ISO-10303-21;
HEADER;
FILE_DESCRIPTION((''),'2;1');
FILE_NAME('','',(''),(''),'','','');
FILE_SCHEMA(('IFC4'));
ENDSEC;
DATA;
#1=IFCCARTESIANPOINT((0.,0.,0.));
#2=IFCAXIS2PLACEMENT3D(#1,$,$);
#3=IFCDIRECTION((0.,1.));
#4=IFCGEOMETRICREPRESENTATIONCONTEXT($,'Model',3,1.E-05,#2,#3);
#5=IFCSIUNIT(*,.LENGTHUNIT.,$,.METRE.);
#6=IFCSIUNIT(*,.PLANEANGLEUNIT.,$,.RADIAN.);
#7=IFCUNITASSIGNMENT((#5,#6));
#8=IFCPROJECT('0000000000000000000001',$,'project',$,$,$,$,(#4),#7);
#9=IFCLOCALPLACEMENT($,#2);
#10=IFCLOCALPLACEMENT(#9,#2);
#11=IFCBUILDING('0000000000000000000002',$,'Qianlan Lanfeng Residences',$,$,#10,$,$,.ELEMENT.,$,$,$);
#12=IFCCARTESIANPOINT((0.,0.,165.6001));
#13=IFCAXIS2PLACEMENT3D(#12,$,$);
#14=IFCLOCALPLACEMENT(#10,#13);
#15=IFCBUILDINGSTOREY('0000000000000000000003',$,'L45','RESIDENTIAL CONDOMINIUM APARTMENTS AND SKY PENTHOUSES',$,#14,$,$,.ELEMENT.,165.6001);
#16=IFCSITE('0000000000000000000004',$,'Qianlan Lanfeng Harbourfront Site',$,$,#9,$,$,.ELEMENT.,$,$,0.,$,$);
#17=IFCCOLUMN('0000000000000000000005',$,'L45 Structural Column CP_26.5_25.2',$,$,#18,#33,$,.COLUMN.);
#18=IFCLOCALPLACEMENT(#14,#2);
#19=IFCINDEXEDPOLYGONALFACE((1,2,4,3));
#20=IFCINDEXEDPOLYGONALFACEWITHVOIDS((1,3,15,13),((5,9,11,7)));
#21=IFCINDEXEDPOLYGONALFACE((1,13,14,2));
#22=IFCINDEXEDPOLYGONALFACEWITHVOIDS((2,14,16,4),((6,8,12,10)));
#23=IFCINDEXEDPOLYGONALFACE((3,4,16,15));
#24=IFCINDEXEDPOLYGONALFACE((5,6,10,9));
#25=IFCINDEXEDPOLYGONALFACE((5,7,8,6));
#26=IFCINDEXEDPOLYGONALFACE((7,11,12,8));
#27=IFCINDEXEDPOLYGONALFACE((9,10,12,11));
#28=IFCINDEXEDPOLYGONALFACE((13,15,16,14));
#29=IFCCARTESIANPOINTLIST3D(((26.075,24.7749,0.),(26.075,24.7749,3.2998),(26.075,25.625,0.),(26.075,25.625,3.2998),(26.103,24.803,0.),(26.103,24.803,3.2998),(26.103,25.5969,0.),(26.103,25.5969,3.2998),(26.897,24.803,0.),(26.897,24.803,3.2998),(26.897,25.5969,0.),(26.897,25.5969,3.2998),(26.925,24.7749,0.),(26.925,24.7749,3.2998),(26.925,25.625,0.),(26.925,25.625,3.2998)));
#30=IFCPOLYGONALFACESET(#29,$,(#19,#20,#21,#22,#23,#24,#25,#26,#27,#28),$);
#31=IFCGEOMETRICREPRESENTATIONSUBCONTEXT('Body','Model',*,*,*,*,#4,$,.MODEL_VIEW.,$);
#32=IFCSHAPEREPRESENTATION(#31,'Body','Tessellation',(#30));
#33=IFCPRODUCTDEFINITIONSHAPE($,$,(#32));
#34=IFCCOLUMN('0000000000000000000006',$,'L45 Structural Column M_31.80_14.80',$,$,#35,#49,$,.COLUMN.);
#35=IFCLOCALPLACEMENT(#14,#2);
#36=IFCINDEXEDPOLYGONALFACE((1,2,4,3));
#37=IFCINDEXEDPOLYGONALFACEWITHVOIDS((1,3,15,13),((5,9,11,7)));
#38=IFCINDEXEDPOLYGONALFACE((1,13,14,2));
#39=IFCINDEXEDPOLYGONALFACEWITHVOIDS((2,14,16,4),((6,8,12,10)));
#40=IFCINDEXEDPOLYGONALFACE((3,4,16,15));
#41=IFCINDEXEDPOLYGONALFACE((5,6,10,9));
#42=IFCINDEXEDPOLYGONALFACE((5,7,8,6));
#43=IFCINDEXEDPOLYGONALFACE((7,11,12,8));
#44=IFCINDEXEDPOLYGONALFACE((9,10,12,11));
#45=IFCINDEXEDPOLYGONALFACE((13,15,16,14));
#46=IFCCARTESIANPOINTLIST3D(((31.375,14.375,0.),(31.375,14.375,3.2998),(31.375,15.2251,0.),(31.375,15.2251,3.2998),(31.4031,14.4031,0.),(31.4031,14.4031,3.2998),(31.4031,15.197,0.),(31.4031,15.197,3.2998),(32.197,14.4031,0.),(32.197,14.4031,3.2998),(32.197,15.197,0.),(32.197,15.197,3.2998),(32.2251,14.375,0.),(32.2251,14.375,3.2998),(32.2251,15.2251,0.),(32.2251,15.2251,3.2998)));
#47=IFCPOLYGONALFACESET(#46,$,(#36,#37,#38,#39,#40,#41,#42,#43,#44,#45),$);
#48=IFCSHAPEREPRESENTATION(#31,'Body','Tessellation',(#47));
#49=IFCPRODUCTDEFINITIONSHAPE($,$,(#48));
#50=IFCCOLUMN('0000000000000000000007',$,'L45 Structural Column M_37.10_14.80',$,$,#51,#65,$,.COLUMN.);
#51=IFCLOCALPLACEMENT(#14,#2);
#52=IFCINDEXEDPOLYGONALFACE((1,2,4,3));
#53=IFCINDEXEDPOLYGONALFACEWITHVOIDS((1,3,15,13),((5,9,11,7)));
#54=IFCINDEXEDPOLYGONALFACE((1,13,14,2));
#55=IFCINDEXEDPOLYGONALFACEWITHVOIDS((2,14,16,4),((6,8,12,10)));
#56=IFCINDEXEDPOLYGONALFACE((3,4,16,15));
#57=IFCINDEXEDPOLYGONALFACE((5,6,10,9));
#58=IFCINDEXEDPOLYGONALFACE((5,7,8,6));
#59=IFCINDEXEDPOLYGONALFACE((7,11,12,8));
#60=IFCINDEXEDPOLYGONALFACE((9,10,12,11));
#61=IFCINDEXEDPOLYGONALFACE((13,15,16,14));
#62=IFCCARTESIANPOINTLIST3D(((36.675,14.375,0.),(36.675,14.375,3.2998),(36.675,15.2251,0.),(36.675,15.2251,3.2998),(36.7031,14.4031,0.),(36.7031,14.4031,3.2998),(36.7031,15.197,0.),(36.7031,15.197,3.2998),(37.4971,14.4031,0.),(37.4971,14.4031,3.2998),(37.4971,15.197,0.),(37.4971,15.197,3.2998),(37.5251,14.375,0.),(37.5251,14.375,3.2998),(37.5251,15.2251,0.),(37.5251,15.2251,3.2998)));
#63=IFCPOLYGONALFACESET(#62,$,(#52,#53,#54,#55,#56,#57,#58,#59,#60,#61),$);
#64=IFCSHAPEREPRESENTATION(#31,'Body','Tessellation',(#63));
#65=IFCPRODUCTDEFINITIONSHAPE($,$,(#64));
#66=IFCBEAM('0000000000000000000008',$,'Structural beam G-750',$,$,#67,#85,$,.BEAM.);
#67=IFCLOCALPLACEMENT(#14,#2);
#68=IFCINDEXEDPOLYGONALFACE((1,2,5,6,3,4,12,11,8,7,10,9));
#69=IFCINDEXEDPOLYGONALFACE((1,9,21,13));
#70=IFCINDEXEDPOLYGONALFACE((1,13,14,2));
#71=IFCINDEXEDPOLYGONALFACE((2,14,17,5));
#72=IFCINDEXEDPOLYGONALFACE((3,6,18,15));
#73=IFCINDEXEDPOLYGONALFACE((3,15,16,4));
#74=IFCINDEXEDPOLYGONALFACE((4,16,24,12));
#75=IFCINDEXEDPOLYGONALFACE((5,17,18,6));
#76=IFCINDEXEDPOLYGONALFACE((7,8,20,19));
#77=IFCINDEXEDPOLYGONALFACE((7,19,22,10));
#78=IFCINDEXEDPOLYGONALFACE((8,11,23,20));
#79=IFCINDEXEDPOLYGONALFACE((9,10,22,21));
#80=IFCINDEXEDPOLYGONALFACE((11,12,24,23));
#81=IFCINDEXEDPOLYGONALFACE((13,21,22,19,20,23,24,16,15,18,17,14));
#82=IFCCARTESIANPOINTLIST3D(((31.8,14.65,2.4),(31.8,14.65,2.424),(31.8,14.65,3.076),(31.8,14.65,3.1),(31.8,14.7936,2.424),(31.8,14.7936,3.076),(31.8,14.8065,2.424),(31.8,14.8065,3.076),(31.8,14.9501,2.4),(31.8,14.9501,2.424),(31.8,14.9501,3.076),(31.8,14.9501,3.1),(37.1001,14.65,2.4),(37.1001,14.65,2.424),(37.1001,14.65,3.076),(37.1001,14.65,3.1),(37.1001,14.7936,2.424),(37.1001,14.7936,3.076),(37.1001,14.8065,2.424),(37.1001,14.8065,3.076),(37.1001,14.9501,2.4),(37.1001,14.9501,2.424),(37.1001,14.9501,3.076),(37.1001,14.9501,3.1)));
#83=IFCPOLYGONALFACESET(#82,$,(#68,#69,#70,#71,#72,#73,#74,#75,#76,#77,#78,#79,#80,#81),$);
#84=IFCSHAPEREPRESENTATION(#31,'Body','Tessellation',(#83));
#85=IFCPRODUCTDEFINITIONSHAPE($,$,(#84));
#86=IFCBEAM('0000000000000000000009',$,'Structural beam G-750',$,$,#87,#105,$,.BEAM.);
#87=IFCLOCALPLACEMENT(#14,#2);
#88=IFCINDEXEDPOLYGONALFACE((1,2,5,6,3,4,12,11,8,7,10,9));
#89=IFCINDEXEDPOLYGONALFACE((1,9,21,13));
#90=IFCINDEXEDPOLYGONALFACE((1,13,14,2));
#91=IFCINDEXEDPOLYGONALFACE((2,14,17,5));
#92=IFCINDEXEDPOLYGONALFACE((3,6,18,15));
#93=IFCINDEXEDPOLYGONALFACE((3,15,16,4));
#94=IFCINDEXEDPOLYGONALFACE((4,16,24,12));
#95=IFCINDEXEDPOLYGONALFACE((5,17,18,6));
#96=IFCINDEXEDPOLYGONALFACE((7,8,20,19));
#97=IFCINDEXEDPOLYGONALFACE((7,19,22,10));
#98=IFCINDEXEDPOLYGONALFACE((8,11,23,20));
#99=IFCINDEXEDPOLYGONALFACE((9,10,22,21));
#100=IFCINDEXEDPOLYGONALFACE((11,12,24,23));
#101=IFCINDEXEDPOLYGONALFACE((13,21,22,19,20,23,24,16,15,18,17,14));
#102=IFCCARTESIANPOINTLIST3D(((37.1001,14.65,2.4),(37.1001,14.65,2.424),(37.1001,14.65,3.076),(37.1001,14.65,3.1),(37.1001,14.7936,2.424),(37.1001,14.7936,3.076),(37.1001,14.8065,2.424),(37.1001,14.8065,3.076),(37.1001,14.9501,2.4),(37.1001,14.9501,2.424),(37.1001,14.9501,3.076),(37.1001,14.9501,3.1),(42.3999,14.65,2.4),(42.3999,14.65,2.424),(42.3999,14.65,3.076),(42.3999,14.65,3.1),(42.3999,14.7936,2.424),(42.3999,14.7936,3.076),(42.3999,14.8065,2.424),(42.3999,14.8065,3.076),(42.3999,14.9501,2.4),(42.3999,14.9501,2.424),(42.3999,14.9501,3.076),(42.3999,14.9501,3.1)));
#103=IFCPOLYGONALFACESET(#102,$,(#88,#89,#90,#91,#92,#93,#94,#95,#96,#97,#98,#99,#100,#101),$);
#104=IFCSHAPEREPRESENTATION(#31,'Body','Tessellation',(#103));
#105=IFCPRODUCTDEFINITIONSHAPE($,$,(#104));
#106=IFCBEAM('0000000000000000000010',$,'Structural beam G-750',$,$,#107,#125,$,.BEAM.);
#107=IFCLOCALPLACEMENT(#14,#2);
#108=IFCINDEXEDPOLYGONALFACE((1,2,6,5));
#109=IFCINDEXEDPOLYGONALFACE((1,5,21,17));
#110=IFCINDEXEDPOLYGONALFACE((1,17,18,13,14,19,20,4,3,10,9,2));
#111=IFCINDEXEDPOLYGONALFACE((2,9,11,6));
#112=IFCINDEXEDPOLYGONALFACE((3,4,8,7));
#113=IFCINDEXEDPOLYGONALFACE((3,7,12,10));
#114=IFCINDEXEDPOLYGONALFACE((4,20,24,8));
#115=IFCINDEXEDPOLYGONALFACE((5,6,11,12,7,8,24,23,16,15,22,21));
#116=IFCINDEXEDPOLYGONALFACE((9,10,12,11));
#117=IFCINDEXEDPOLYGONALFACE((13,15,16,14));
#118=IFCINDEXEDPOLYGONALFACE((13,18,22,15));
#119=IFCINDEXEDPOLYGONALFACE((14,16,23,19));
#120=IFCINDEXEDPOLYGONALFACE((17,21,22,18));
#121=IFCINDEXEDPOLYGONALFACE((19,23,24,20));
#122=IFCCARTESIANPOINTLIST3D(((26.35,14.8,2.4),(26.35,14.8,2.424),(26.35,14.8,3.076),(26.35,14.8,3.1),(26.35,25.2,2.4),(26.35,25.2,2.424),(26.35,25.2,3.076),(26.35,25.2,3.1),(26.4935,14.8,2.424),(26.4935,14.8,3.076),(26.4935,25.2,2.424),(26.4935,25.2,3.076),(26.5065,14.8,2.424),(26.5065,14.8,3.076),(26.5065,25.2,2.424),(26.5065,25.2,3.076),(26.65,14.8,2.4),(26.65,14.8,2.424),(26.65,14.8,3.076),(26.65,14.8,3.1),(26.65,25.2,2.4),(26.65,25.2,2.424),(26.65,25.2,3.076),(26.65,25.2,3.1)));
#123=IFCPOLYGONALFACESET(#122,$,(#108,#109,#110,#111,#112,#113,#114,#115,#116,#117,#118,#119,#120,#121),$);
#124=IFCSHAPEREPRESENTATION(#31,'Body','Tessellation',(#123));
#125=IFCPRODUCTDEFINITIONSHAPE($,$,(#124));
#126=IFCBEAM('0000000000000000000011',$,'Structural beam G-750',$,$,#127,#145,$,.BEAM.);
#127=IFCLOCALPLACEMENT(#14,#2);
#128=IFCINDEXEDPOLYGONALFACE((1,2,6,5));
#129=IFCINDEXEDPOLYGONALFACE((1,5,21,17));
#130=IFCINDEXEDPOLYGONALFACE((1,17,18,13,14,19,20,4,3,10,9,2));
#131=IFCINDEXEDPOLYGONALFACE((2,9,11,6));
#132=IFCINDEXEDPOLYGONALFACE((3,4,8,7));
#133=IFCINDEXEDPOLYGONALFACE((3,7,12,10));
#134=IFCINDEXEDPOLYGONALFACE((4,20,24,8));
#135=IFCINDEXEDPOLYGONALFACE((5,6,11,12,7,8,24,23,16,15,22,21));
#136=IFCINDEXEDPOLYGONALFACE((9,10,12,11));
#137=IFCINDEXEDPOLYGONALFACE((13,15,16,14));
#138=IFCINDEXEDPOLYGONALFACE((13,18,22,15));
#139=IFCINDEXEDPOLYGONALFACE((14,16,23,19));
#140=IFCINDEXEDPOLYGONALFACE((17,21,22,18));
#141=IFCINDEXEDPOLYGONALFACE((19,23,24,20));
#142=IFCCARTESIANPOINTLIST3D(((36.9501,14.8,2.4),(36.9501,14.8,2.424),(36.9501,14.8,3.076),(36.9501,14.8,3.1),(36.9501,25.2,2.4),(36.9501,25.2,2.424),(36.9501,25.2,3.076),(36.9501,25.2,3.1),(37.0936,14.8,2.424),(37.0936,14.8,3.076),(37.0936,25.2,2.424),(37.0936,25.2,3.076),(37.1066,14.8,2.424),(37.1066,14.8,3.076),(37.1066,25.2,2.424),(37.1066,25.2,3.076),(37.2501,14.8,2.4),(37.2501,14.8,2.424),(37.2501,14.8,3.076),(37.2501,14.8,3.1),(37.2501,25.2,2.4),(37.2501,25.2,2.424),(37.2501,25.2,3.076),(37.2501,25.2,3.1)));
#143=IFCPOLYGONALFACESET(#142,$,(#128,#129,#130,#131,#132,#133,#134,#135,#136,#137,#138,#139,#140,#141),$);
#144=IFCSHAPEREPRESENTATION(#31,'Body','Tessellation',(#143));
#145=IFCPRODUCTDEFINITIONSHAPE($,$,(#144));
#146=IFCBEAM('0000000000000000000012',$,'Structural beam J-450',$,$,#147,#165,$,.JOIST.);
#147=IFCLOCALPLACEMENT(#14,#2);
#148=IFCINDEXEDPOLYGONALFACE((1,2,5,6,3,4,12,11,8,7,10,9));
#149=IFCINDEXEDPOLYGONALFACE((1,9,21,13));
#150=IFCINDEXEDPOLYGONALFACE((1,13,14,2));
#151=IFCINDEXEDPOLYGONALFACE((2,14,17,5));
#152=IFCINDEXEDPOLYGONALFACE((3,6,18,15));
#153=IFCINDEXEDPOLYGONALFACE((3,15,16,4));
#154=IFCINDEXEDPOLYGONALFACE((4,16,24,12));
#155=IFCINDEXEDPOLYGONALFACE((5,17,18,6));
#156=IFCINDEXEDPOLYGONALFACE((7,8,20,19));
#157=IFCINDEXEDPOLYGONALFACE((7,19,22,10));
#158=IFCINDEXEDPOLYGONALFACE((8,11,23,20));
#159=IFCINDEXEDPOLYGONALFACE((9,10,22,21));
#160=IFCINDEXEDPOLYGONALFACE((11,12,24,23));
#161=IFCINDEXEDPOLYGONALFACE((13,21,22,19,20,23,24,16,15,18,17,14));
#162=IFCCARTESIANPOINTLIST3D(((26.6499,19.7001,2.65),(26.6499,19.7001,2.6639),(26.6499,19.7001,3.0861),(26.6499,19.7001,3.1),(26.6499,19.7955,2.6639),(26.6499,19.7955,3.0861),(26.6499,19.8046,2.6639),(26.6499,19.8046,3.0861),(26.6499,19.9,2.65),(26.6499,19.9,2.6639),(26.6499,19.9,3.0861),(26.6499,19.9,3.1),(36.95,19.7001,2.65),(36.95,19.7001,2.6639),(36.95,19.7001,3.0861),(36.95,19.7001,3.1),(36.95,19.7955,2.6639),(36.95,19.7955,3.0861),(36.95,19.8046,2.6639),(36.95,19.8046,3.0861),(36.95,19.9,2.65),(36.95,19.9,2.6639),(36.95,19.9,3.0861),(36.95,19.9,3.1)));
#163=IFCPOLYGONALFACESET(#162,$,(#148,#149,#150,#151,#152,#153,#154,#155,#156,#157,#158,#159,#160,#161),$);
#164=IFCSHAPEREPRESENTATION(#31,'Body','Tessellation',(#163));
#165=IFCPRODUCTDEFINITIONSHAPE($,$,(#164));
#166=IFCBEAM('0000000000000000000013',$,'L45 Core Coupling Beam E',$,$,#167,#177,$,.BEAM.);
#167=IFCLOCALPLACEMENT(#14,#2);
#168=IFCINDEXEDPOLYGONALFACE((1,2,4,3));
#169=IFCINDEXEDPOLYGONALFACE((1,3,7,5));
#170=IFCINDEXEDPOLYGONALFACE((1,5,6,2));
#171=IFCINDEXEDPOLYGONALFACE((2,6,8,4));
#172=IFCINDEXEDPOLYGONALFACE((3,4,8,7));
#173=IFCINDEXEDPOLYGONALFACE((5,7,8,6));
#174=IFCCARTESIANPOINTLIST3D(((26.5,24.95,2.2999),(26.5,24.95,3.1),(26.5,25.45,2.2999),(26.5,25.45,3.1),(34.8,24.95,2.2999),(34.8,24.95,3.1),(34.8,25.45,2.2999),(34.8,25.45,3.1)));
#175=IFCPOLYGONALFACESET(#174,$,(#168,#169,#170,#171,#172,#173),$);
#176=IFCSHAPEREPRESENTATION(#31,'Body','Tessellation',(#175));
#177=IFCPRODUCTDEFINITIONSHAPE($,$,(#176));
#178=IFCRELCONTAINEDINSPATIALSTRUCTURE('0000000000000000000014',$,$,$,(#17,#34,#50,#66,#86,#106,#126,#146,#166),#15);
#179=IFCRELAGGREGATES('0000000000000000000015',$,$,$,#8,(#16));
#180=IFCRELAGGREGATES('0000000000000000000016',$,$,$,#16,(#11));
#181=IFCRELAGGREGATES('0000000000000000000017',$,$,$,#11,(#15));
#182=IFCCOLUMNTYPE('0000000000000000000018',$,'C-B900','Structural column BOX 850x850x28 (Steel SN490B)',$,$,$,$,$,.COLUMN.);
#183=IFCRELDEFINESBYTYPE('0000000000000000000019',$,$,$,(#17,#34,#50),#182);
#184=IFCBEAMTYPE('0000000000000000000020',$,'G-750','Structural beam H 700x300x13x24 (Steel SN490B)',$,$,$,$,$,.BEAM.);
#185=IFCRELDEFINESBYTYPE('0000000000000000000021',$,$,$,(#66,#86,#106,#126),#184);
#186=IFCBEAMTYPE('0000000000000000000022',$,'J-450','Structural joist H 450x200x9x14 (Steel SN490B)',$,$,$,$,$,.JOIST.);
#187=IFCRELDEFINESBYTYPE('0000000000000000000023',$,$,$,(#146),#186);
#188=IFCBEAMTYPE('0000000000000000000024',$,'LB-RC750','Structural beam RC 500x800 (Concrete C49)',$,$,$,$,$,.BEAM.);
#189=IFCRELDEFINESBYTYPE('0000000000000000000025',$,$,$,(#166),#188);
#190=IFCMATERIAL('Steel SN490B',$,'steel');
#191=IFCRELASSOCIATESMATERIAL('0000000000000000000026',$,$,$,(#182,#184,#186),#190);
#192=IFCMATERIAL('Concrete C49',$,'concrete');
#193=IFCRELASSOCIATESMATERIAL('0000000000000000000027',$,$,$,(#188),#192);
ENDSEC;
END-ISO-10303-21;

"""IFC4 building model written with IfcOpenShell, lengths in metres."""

from ifc_helpers import new_model, si_unit, direction, frame, origin, origin_2d, place, context, subcontext, project, spatial, rectangle, hollow_rectangle, i_section, extrude, material, material_profile, profile_set, type_object, element, save


model = new_model("IFC4")

# Units and contexts
model_context = context("Model", 3, precision=1e-05, world=origin(), true_north=direction((0.0, 1.0)))
body_context = subcontext(model_context, "Body", "Model", "MODEL_VIEW")
ifc_project = project(units=[si_unit("LENGTHUNIT", "METRE"), si_unit("PLANEANGLEUNIT", "RADIAN")], contexts=[model_context])

# Site, building, storey
site_placement = place(None, origin())
site = spatial("IfcSite", under=ifc_project, at=site_placement, Name="Qianlan Lanfeng Harbourfront Site", CompositionType="ELEMENT", RefElevation=0.0)
building_placement = place(site_placement, origin())
building = spatial("IfcBuilding", under=site, at=building_placement, Name="Qianlan Lanfeng Residences", CompositionType="ELEMENT")
storey_placement = place(building_placement, frame((0.0, 0.0, 165.6001)))
storey = spatial("IfcBuildingStorey", under=building, at=storey_placement, Name="L45", Description="RESIDENTIAL CONDOMINIUM APARTMENTS AND SKY PENTHOUSES", CompositionType="ELEMENT", Elevation=165.6001)

# Columns
ifc_material_1 = material(Name="Steel SN490B", Category="steel")
ifc_material_profile_1 = material_profile(ifc_material_1, hollow_rectangle(XDim=0.8501, YDim=0.8501, WallThickness=0.0281, at=origin_2d()), Name="BOX 850x850x28")
ifc_profile_set_1 = profile_set([ifc_material_profile_1], Name="Steel SN490B")
column_type = type_object("IfcColumnType", Name="C-B900", Description="Structural column BOX 850x850x28 (Steel SN490B)", PredefinedType="COLUMN", material=ifc_profile_set_1)
for number, where, z_axis, x_axis, name in (
    (1, (26.5, 25.2, 0.0), (0.0, 0.0, 1.0), (1.0, 0.0, 0.0), "L45 Structural Column CP_26.5_25.2"),
    (2, (31.8, 14.8, 0.0), (0.0, 0.0, 1.0), (1.0, 0.0, 0.0), "L45 Structural Column M_31.80_14.80"),
    (3, (37.1001, 14.8, 0.0), (0.0, 0.0, 1.0), (1.0, 0.0, 0.0), "L45 Structural Column M_37.10_14.80"),
):
    element("IfcColumn", number, at=place(storey_placement, frame(where, z_axis=z_axis, x_axis=x_axis)), inside=storey, type_object=column_type, Name=name, PredefinedType="COLUMN", context=body_context, shape_type="SweptSolid", body=[
        extrude(hollow_rectangle(XDim=0.8501, YDim=0.8501, WallThickness=0.0281, at=origin_2d()), origin(), (0.0, 0.0, 1.0), 3.2998),
    ])

# Beams
ifc_material_profile_2 = material_profile(ifc_material_1, i_section(OverallWidth=0.3, OverallDepth=0.7, WebThickness=0.0129, FlangeThickness=0.0239, at=origin_2d()), Name="H 700x300x13x24")
ifc_profile_set_2 = profile_set([ifc_material_profile_2], Name="Steel SN490B")
beam_type_1 = type_object("IfcBeamType", Name="G-750", Description="Structural beam H 700x300x13x24 (Steel SN490B)", PredefinedType="BEAM", material=ifc_profile_set_2)
beam_1_placement = place(storey_placement, frame((31.8, 14.8, 2.75), z_axis=(1.0, 0.0, 0.0), x_axis=(0.0, 1.0, 0.0)))
element("IfcBeam", 4, at=beam_1_placement, inside=storey, type_object=beam_type_1, Name="Structural beam G-750", PredefinedType="BEAM", context=body_context, shape_type="SweptSolid", body=[
    extrude(i_section(OverallWidth=0.3, OverallDepth=0.7, WebThickness=0.0129, FlangeThickness=0.0239, at=origin_2d()), origin(), (0.0, 0.0, 1.0), 5.3),
])
beam_2_placement = place(storey_placement, frame((37.1001, 14.8, 2.75), z_axis=(1.0, 0.0, 0.0), x_axis=(0.0, 1.0, 0.0)))
element("IfcBeam", 5, at=beam_2_placement, inside=storey, type_object=beam_type_1, Name="Structural beam G-750", PredefinedType="BEAM", context=body_context, shape_type="SweptSolid", body=[
    extrude(i_section(OverallWidth=0.3, OverallDepth=0.7, WebThickness=0.0129, FlangeThickness=0.0239, at=origin_2d()), origin(), (0.0, 0.0, 1.0), 5.2998),
])
for number, where, z_axis, x_axis, name in (
    (6, (26.5, 14.8, 2.75), (0.0, 1.0, 0.0), (-1.0, 0.0, 0.0), "Structural beam G-750"),
    (7, (37.1001, 14.8, 2.75), (0.0, 1.0, 0.0), (-1.0, 0.0, 0.0), "Structural beam G-750"),
):
    element("IfcBeam", number, at=place(storey_placement, frame(where, z_axis=z_axis, x_axis=x_axis)), inside=storey, type_object=beam_type_1, Name=name, PredefinedType="BEAM", context=body_context, shape_type="SweptSolid", body=[
        extrude(i_section(OverallWidth=0.3, OverallDepth=0.7, WebThickness=0.0129, FlangeThickness=0.0239, at=origin_2d()), origin(), (0.0, 0.0, 1.0), 10.3999),
    ])
ifc_material_profile_3 = material_profile(ifc_material_1, i_section(OverallWidth=0.2, OverallDepth=0.45, WebThickness=0.009, FlangeThickness=0.0139, at=origin_2d()), Name="H 450x200x9x14")
ifc_profile_set_3 = profile_set([ifc_material_profile_3], Name="Steel SN490B")
beam_type_2 = type_object("IfcBeamType", Name="J-450", Description="Structural joist H 450x200x9x14 (Steel SN490B)", PredefinedType="JOIST", material=ifc_profile_set_3)
beam_3_placement = place(storey_placement, frame((26.6499, 19.8, 2.875), z_axis=(1.0, 0.0, 0.0), x_axis=(0.0, 1.0, 0.0)))
element("IfcBeam", 8, at=beam_3_placement, inside=storey, type_object=beam_type_2, Name="Structural beam J-450", PredefinedType="JOIST", context=body_context, shape_type="SweptSolid", body=[
    extrude(i_section(OverallWidth=0.2, OverallDepth=0.45, WebThickness=0.009, FlangeThickness=0.0139, at=origin_2d()), origin(), (0.0, 0.0, 1.0), 10.3),
])
ifc_material_2 = material(Name="Concrete C49", Category="concrete")
ifc_material_profile_4 = material_profile(ifc_material_2, rectangle(XDim=0.5, YDim=0.8, at=origin_2d()), Name="RC 500x800")
ifc_profile_set_4 = profile_set([ifc_material_profile_4], Name="Concrete C49")
beam_type_3 = type_object("IfcBeamType", Name="LB-RC750", Description="Structural beam RC 500x800 (Concrete C49)", PredefinedType="BEAM", material=ifc_profile_set_4)
beam_4_placement = place(storey_placement, frame((26.5, 25.2, 2.7), z_axis=(1.0, 0.0, 0.0), x_axis=(0.0, 1.0, 0.0)))
element("IfcBeam", 9, at=beam_4_placement, inside=storey, type_object=beam_type_3, Name="L45 Core Coupling Beam E", PredefinedType="BEAM", context=body_context, shape_type="SweptSolid", body=[
    extrude(rectangle(XDim=0.5, YDim=0.8, at=origin_2d()), origin(), (0.0, 0.0, 1.0), 8.3),
])

save(model, "model.ifc")
